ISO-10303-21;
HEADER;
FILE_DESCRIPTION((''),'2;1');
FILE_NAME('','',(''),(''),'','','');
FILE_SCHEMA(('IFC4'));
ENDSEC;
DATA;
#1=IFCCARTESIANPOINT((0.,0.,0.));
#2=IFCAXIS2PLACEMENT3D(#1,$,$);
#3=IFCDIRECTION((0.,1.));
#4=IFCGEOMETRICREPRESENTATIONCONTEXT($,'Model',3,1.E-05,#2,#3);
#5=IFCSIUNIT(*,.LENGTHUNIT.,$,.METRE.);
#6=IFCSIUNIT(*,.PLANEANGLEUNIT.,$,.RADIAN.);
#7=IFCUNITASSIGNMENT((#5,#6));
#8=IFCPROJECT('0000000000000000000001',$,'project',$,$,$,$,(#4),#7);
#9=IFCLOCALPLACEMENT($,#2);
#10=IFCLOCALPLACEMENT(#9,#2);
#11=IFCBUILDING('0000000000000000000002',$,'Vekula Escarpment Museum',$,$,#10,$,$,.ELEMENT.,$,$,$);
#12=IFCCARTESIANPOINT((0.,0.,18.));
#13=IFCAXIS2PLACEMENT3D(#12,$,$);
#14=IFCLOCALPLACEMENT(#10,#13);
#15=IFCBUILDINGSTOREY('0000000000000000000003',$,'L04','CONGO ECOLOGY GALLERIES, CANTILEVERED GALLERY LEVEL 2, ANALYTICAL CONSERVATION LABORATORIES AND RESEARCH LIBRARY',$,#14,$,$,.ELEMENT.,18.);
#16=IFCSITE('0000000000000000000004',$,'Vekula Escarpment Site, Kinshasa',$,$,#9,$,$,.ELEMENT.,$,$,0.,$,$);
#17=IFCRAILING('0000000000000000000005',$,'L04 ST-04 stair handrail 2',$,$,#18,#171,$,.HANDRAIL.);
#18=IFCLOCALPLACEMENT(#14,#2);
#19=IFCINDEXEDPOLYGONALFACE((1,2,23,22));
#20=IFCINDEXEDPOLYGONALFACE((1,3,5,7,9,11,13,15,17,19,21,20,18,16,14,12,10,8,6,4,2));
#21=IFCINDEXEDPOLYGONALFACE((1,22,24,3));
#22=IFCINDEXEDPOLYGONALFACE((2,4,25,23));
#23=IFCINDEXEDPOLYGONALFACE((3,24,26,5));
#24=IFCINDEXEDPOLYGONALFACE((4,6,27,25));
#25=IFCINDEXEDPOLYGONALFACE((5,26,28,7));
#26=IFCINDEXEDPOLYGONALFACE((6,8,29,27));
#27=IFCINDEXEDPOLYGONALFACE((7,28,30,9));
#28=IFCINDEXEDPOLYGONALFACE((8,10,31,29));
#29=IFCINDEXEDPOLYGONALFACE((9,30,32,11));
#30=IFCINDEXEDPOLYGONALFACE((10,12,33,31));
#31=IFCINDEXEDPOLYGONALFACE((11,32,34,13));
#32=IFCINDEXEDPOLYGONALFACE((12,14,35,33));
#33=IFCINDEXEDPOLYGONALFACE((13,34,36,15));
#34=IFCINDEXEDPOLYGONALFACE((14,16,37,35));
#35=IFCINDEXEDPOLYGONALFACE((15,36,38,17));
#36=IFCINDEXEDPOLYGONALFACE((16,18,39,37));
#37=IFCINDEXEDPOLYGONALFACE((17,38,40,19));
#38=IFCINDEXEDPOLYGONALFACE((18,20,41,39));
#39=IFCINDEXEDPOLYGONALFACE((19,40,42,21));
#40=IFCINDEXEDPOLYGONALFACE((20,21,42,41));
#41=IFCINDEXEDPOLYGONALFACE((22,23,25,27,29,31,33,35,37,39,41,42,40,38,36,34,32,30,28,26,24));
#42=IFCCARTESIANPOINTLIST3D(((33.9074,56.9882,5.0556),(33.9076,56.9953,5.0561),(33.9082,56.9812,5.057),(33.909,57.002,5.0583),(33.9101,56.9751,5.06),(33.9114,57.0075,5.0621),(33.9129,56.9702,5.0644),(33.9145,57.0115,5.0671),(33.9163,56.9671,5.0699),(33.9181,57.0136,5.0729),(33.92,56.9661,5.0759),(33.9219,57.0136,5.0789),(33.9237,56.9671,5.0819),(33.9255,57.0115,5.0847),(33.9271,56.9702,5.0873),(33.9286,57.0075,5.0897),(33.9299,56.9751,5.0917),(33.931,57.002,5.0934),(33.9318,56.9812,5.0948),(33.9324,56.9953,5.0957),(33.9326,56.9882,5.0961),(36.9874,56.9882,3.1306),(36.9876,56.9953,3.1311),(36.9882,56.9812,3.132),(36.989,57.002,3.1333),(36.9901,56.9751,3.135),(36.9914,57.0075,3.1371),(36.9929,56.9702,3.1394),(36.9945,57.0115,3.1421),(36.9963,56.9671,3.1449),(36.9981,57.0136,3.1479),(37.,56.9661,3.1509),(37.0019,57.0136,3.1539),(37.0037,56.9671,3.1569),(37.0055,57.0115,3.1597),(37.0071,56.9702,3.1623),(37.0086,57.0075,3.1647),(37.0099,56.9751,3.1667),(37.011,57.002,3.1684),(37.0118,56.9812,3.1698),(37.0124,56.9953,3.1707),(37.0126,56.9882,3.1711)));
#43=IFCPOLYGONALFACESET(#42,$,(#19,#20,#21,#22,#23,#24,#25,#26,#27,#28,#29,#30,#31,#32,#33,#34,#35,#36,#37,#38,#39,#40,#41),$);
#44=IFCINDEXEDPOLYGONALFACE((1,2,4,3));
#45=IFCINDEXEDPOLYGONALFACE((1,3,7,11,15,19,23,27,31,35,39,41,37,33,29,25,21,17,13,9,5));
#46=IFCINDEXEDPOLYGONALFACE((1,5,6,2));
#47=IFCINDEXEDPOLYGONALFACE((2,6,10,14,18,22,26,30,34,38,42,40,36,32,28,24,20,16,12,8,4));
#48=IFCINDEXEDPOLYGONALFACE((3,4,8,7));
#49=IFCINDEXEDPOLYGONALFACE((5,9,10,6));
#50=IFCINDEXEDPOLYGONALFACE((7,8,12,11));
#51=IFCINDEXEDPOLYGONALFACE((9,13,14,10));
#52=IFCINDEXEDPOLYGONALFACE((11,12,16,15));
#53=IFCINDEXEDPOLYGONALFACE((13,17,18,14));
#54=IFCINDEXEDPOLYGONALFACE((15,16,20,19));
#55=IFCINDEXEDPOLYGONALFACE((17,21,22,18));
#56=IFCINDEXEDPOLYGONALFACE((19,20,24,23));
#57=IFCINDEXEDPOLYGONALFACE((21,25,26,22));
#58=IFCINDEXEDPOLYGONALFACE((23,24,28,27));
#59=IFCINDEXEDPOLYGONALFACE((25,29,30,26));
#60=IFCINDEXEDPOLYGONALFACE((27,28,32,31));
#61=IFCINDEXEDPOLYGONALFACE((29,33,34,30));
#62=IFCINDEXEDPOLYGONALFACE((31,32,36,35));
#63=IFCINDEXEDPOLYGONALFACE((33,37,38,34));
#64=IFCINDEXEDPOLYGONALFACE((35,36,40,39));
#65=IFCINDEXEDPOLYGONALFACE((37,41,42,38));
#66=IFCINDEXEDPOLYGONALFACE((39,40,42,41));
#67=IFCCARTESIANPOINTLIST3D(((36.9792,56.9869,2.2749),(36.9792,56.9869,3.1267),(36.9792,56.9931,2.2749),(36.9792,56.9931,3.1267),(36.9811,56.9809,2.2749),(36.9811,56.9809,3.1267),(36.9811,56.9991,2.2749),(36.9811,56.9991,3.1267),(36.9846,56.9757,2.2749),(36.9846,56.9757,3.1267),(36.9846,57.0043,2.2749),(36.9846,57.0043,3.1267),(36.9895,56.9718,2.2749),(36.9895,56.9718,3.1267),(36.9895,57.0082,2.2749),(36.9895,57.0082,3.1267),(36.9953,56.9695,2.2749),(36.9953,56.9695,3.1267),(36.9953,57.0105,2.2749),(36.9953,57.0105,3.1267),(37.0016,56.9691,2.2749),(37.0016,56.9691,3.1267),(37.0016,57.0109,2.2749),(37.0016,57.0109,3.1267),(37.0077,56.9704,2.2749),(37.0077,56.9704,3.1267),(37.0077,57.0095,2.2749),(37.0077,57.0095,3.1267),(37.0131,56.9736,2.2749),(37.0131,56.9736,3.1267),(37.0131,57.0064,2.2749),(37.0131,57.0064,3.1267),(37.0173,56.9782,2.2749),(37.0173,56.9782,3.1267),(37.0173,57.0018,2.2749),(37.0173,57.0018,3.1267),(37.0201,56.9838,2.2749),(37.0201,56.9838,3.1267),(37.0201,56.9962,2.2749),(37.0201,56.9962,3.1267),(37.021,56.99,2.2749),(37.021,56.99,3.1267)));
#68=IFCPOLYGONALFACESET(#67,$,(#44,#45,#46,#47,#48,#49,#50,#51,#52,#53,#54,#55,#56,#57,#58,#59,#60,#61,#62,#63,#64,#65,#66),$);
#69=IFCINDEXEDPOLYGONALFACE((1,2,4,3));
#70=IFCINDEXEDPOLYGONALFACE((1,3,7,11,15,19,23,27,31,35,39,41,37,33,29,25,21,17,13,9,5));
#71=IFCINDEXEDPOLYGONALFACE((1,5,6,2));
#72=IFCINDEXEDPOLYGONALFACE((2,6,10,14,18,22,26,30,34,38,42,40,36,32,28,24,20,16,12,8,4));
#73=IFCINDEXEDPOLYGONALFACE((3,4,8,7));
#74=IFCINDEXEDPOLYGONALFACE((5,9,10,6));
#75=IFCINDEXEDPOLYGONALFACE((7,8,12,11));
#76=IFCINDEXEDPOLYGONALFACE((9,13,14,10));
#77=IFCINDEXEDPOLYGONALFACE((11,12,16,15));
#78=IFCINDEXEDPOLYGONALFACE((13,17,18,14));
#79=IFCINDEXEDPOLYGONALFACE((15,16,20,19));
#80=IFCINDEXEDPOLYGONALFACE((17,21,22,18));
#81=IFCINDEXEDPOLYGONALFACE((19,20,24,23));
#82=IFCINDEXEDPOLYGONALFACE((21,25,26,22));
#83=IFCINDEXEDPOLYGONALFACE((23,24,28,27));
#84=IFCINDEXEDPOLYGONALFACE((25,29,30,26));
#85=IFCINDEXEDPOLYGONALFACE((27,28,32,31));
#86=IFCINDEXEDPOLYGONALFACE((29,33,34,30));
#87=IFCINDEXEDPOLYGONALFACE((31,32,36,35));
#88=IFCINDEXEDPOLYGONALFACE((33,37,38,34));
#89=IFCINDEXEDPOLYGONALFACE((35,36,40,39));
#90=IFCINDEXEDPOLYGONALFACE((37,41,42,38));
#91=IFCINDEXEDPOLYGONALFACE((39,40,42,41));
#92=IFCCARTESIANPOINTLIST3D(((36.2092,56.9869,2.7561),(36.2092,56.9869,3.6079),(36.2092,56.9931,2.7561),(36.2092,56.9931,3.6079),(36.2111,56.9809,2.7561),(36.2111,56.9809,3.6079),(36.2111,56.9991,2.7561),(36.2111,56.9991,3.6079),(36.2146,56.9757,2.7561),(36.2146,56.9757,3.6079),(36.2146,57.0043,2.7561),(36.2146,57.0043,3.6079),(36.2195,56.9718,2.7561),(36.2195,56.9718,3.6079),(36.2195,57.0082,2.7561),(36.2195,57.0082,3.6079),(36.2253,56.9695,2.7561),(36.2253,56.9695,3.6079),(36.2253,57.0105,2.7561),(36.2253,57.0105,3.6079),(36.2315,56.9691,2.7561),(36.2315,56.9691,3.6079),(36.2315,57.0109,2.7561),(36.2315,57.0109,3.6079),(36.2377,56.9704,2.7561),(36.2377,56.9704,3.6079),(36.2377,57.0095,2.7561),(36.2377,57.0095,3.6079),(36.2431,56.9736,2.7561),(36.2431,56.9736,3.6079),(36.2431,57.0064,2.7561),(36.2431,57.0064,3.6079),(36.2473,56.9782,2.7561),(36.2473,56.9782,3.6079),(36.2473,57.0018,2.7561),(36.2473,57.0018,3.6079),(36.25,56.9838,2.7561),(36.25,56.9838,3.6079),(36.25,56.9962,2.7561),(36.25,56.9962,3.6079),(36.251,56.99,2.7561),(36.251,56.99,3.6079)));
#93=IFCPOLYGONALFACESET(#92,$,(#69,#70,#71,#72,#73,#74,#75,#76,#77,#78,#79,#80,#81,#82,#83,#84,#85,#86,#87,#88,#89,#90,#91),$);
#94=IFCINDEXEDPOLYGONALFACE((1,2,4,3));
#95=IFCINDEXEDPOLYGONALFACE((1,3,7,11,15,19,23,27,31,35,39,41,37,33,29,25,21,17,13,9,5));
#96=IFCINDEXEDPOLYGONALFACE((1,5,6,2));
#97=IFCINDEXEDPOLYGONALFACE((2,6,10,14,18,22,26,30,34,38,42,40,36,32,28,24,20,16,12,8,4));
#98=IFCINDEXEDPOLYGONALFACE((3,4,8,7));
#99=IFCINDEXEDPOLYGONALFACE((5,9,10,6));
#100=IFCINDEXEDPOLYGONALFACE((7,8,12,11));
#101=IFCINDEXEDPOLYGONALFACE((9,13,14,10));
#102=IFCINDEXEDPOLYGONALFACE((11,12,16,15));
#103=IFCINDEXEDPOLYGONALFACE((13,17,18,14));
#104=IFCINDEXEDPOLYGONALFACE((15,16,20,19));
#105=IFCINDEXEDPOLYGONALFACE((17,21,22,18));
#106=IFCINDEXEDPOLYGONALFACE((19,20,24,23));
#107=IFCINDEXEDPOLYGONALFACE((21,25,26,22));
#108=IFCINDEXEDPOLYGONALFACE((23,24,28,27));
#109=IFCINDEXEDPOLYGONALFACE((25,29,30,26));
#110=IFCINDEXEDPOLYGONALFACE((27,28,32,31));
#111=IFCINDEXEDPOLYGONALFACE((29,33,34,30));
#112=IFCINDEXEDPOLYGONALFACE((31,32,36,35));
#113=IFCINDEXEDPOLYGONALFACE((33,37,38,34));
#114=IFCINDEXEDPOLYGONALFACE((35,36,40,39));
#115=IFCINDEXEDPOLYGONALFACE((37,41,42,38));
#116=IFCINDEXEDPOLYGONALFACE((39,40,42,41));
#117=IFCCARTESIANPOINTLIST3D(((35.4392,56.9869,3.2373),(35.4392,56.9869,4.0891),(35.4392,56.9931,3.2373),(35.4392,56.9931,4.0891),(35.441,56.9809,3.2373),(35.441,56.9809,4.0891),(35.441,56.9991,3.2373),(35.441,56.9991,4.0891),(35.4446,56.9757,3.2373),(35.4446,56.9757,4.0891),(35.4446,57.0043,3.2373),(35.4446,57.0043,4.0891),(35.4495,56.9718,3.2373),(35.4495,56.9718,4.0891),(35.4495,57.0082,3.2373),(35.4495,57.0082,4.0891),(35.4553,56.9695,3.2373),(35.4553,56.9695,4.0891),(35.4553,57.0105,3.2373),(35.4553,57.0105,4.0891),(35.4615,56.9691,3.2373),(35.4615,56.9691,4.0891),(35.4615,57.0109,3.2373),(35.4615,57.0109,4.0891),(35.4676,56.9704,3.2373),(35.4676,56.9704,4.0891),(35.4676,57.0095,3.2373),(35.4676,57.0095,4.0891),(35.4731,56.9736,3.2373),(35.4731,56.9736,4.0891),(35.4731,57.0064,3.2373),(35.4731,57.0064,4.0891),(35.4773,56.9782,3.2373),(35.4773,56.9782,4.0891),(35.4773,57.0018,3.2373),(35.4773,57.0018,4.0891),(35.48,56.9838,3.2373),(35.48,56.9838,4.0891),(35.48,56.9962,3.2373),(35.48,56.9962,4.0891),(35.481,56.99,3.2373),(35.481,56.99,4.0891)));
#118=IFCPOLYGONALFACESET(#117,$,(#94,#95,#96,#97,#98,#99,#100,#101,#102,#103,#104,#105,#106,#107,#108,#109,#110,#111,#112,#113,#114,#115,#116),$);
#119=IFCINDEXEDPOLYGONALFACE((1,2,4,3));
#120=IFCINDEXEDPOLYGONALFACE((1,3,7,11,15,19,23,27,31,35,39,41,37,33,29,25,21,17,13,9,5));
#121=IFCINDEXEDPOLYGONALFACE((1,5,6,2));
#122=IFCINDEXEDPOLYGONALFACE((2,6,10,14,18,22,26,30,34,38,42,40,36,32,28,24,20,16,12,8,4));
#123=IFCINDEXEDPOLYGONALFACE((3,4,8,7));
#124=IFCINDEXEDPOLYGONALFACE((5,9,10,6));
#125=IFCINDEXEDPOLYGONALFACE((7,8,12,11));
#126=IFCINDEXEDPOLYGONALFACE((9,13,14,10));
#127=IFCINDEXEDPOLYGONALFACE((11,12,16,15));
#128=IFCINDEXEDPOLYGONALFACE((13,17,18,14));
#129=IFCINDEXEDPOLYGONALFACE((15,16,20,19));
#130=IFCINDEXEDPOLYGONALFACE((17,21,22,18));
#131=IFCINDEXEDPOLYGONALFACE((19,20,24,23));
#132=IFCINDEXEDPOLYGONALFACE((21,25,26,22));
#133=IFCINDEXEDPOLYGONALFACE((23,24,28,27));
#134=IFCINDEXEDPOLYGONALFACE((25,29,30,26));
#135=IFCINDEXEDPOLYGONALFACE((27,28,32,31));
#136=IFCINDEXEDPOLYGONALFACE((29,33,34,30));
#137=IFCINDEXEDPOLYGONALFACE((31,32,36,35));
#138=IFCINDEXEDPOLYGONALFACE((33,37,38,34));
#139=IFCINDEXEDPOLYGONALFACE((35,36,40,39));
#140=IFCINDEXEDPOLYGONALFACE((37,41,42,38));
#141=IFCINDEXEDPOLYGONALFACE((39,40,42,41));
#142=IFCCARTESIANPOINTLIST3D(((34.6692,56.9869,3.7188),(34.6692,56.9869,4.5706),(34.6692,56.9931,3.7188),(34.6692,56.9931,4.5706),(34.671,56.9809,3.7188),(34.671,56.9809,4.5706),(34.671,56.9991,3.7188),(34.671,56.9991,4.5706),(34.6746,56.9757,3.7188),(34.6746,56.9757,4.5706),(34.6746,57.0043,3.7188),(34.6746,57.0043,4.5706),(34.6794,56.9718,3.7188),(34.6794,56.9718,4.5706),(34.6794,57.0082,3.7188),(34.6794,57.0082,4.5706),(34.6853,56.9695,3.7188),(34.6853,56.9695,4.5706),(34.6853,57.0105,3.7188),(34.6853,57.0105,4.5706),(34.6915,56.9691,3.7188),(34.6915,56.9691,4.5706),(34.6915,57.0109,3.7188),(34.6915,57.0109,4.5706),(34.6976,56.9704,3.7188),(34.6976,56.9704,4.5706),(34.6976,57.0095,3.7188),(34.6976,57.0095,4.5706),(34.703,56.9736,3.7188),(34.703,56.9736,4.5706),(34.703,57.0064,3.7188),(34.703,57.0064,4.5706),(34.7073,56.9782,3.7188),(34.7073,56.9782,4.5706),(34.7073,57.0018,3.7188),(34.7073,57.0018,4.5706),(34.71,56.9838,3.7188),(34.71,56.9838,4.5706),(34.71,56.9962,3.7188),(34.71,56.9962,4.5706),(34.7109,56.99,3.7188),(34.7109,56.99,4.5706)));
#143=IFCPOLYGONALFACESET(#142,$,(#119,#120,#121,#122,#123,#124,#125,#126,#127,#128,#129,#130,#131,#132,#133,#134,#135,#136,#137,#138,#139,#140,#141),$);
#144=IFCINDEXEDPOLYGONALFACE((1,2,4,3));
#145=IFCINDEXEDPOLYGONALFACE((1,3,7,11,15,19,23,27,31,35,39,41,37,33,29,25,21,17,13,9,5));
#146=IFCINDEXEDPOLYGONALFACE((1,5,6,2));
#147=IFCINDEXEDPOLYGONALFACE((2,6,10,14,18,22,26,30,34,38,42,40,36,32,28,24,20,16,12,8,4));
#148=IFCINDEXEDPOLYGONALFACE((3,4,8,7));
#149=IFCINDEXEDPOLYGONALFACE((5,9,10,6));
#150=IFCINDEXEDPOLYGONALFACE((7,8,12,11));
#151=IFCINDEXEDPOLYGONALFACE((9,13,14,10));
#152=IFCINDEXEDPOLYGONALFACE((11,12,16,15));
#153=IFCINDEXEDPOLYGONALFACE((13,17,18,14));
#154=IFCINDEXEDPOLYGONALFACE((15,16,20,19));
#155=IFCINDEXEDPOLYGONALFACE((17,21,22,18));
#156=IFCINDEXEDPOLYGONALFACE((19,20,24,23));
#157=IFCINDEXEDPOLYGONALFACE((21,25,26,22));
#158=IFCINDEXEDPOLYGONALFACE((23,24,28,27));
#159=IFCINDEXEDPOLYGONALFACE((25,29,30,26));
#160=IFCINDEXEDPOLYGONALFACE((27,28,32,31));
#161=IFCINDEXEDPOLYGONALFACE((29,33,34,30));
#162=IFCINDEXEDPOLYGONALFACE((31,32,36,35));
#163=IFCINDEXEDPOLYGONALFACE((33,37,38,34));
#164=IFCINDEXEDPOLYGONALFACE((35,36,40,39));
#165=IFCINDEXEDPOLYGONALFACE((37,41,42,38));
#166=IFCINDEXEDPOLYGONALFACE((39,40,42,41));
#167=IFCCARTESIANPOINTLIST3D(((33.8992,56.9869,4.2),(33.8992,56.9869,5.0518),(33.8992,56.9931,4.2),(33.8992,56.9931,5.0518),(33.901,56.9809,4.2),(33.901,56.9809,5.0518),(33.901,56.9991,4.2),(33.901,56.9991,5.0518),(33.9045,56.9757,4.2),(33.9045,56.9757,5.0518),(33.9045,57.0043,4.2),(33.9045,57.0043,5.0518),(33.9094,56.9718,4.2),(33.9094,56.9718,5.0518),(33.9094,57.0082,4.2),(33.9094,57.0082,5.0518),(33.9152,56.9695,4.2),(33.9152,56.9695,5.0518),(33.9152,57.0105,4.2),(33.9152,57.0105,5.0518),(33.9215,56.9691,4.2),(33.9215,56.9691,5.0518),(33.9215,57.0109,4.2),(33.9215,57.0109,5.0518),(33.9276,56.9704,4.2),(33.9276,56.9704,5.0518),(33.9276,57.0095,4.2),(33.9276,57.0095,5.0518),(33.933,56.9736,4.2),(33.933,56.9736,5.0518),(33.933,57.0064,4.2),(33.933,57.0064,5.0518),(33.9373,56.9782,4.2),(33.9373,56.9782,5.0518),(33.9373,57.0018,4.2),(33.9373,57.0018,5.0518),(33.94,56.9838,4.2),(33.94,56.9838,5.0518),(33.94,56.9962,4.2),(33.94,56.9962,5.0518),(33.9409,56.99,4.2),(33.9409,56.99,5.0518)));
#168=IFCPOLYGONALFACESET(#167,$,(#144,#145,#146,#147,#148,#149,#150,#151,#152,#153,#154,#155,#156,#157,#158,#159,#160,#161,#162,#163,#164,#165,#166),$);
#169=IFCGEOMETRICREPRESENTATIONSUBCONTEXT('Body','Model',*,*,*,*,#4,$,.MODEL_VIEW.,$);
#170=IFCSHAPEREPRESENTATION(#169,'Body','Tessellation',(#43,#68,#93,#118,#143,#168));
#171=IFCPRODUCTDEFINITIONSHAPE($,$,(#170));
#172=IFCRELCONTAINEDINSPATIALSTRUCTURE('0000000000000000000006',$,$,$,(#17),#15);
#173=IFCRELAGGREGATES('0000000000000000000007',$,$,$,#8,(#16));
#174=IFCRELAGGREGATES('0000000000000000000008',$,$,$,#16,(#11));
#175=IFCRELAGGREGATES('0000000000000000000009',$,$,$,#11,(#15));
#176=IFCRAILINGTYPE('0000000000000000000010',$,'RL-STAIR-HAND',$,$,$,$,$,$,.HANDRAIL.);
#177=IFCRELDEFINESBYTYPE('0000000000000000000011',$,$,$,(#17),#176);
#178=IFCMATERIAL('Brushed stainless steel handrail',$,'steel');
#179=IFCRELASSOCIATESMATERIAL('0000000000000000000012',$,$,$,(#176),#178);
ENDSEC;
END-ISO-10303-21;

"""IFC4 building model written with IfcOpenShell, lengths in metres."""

from ifc_helpers import new_model, si_unit, direction, frame, origin, origin_2d, place, context, subcontext, project, spatial, circle, extrude, material, type_object, element, save


model = new_model("IFC4")

# Units and contexts
model_context = context("Model", 3, precision=1e-05, world=origin(), true_north=direction((0.0, 1.0)))
body_context = subcontext(model_context, "Body", "Model", "MODEL_VIEW")
ifc_project = project(units=[si_unit("LENGTHUNIT", "METRE"), si_unit("PLANEANGLEUNIT", "RADIAN")], contexts=[model_context])

# Site, building, storey
site_placement = place(None, origin())
site = spatial("IfcSite", under=ifc_project, at=site_placement, Name="Vekula Escarpment Site, Kinshasa", CompositionType="ELEMENT", RefElevation=0.0)
building_placement = place(site_placement, origin())
building = spatial("IfcBuilding", under=site, at=building_placement, Name="Vekula Escarpment Museum", CompositionType="ELEMENT")
storey_placement = place(building_placement, frame((0.0, 0.0, 18.0)))
storey = spatial("IfcBuildingStorey", under=building, at=storey_placement, Name="L04", Description="CONGO ECOLOGY GALLERIES, CANTILEVERED GALLERY LEVEL 2, ANALYTICAL CONSERVATION LABORATORIES AND RESEARCH LIBRARY", CompositionType="ELEMENT", Elevation=18.0)

# Railing
ifc_material_1 = material(Name="Brushed stainless steel handrail", Category="steel")
railing_type_1 = type_object("IfcRailingType", Name="RL-STAIR-HAND", PredefinedType="HANDRAIL", material=ifc_material_1)
railing_1_placement = place(storey_placement, frame((37.0, 56.99, 2.2749)))
element("IfcRailing", 1, at=railing_1_placement, inside=storey, type_object=railing_type_1, Name="L04 ST-04 stair handrail 2", PredefinedType="HANDRAIL", context=body_context, shape_type="SweptSolid", body=[
    extrude(circle(Radius=0.0239, at=origin_2d()), frame((0.0, 0.0, 0.876), z_axis=(-0.847998, 0.0, 0.529999), x_axis=(0.0, -1.0, 0.0)), (0.0, 0.0, 1.0), 3.6321),
    extrude(circle(Radius=0.021, at=origin_2d()), origin(), (0.0, 0.0, 1.0), 0.8518),
    extrude(circle(Radius=0.021, at=origin_2d()), frame((-0.77, 0.0, 0.4812)), (0.0, 0.0, 1.0), 0.8518),
    extrude(circle(Radius=0.021, at=origin_2d()), frame((-1.54, 0.0, 0.9624)), (0.0, 0.0, 1.0), 0.8518),
    extrude(circle(Radius=0.021, at=origin_2d()), frame((-2.3101, 0.0, 1.4438)), (0.0, 0.0, 1.0), 0.8518),
    extrude(circle(Radius=0.021, at=origin_2d()), frame((-3.0801, 0.0, 1.925)), (0.0, 0.0, 1.0), 0.8518),
])

save(model, "model.ifc")
